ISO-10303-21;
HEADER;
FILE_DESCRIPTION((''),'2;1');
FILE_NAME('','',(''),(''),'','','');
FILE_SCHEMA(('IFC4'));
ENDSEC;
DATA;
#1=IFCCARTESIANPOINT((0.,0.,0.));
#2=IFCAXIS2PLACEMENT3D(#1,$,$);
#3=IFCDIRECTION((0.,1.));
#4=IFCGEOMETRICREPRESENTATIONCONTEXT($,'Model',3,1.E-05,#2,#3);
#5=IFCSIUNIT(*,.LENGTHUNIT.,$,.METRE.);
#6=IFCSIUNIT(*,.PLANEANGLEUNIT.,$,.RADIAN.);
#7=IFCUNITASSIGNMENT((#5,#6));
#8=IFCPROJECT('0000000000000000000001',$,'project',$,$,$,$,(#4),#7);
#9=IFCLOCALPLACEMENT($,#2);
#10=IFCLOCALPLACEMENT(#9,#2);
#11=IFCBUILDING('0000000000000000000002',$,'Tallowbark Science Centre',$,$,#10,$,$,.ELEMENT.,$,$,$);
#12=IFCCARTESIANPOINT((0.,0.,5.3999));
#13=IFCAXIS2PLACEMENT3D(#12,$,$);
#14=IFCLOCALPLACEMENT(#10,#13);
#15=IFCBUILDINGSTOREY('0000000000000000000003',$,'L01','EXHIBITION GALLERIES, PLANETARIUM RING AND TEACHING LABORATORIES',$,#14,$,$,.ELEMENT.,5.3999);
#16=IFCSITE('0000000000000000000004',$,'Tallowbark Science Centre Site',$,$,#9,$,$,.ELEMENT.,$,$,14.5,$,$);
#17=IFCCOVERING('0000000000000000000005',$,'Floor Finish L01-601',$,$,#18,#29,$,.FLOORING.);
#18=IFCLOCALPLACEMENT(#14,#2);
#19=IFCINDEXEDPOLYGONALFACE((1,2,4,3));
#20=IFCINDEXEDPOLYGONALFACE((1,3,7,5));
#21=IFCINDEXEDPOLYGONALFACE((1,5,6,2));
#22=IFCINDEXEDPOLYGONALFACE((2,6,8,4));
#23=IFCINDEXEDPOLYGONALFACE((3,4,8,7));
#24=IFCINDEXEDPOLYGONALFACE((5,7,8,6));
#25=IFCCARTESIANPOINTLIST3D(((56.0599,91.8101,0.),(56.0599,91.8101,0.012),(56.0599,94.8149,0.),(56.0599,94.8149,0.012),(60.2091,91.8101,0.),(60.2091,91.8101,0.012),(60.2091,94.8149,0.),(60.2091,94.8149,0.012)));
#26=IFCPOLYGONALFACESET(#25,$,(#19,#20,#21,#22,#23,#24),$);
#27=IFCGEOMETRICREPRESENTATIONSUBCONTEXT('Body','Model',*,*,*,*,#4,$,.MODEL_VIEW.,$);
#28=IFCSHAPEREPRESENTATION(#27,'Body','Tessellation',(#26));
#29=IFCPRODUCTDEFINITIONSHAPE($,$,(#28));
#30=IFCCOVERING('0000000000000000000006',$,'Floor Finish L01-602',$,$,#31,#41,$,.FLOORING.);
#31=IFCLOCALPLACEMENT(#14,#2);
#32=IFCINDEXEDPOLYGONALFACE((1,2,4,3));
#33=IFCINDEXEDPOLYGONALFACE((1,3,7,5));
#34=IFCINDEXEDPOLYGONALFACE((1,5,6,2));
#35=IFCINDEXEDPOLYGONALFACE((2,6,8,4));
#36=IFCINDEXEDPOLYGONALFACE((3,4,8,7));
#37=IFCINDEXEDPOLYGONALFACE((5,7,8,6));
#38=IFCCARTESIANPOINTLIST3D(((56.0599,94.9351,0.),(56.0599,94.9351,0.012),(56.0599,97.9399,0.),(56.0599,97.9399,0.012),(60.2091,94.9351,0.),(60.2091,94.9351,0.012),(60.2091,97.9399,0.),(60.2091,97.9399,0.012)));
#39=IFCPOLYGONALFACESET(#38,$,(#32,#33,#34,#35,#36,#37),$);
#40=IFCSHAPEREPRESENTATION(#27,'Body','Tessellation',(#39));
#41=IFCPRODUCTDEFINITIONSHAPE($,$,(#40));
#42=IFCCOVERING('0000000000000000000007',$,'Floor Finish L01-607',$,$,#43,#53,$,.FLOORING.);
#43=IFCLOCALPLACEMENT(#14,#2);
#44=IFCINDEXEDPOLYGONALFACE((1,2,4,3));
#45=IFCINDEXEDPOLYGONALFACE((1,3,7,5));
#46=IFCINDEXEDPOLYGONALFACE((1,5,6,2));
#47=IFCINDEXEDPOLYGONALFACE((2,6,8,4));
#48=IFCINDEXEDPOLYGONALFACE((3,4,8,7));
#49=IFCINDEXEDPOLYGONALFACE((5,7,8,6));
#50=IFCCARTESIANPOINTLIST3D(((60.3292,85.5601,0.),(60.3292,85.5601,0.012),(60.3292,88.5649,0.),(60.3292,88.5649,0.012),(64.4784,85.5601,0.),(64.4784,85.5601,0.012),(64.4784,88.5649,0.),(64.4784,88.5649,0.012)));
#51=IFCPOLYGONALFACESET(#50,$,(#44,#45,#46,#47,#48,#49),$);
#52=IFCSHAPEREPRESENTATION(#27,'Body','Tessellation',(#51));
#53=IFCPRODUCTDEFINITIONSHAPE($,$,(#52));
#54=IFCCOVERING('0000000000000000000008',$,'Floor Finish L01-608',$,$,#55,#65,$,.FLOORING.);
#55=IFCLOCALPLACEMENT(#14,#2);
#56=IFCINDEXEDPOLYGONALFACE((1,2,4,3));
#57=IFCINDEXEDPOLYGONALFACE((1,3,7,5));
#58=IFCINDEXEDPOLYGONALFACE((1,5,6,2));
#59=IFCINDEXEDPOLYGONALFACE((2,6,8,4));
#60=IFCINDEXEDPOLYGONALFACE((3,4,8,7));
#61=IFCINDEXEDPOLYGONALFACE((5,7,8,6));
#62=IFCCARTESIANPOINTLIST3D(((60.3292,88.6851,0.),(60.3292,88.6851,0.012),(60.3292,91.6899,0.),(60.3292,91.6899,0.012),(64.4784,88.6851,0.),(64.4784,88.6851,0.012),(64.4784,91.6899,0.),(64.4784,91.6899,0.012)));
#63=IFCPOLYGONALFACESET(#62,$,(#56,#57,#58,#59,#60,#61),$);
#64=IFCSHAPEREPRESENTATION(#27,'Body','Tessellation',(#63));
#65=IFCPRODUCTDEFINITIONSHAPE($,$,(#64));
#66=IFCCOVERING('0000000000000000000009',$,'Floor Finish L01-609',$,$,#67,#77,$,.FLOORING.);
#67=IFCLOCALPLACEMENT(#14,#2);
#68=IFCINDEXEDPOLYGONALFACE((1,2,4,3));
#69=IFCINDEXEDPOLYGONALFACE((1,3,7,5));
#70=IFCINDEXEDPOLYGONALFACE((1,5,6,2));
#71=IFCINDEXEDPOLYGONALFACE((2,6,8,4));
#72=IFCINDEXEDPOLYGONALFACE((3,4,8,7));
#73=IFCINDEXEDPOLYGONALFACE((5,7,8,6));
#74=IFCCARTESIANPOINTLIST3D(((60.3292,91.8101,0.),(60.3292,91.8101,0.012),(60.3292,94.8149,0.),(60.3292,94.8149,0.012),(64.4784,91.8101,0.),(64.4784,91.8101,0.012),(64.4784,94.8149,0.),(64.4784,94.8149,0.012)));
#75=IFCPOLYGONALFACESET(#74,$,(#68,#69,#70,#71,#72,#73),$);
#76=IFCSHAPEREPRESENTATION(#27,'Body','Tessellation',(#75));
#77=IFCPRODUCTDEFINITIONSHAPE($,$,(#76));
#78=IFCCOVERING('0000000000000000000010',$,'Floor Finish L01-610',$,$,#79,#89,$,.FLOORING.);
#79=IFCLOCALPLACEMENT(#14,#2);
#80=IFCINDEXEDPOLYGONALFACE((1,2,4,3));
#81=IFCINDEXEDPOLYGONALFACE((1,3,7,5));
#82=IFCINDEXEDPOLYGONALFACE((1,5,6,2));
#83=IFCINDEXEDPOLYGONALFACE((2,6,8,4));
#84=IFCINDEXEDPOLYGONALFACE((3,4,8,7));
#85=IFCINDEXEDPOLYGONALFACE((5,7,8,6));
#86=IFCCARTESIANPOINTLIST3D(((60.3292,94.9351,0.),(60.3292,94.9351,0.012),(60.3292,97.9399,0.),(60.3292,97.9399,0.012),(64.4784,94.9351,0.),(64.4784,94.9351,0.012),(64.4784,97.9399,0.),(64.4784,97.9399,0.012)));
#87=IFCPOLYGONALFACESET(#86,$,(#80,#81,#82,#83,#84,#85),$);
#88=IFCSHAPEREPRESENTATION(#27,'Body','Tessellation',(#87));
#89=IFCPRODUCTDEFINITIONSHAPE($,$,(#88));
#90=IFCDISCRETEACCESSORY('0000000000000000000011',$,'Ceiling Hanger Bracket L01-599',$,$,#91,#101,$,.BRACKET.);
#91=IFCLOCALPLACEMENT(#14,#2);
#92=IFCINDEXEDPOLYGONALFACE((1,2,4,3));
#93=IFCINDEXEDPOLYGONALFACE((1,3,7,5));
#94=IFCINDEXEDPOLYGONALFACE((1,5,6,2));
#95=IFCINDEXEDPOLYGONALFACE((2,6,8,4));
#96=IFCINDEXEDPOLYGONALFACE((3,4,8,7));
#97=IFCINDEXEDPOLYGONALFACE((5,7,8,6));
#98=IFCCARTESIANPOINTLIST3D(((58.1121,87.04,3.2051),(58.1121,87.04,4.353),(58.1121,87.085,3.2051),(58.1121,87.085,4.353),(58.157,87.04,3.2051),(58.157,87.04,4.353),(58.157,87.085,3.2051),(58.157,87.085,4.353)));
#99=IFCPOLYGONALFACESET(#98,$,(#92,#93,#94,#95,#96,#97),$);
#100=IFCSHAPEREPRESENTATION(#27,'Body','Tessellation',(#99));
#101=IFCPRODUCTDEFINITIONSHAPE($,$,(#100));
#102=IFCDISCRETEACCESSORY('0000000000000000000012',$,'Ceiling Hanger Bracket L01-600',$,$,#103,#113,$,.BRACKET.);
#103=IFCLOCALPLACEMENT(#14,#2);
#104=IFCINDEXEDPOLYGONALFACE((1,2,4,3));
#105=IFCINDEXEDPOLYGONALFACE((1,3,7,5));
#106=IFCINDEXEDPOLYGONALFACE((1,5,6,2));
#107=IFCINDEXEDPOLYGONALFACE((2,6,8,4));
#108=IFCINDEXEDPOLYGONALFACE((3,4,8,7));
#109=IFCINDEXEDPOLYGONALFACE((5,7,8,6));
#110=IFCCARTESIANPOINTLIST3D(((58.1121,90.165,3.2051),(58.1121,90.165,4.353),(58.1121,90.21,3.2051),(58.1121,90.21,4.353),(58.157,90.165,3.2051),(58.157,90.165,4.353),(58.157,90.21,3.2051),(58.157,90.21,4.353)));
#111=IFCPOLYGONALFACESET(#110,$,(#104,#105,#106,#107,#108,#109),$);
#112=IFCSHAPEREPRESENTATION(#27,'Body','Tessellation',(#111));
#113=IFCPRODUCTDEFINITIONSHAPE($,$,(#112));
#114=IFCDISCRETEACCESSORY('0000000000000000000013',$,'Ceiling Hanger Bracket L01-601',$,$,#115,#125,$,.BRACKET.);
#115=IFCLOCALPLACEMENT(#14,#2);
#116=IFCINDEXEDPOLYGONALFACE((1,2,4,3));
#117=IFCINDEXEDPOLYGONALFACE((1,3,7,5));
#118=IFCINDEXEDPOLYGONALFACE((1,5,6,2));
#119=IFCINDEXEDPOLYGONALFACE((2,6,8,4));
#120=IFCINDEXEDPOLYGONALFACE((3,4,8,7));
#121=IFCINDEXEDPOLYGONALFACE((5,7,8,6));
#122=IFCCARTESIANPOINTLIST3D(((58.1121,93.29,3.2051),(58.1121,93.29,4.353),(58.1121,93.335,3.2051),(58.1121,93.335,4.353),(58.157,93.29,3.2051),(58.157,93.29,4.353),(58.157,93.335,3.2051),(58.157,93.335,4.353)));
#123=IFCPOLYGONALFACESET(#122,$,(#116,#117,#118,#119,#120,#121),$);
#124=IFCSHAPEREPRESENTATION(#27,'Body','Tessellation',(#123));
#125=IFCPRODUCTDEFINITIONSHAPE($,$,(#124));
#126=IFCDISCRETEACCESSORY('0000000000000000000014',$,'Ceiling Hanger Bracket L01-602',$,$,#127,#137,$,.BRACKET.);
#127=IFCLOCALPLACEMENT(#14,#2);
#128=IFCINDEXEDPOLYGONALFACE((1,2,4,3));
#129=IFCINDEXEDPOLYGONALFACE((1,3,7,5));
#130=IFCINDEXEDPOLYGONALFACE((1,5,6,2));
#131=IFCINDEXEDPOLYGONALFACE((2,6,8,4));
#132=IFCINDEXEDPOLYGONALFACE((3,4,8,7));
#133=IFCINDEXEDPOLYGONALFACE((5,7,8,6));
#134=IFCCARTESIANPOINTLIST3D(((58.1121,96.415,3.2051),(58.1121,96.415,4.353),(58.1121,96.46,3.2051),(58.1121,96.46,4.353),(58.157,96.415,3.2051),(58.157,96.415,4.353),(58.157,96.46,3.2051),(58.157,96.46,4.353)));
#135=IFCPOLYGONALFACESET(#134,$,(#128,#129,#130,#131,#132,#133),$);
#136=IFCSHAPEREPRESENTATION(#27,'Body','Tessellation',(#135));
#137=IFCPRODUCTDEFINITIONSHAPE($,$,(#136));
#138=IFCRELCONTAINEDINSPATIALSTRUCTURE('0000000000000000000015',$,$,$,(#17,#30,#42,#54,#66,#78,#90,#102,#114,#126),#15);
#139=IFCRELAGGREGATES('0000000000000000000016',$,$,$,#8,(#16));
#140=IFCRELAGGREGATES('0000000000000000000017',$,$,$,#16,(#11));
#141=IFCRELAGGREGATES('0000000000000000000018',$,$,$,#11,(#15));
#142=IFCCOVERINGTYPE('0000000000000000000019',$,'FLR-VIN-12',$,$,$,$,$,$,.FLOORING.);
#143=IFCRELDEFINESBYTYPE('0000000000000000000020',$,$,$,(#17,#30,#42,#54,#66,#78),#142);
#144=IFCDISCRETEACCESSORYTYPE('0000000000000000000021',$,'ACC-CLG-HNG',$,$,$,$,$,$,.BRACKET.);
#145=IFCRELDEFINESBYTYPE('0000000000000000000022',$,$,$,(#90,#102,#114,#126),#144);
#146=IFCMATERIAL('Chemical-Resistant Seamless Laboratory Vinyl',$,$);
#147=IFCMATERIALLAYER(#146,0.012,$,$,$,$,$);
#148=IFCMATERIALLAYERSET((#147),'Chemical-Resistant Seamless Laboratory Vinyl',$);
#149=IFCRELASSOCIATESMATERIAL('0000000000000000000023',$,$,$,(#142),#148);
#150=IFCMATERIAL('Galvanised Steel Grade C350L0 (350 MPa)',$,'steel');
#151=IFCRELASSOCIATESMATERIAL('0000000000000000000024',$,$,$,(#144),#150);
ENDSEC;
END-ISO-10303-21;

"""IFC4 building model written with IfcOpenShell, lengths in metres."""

from ifc_helpers import new_model, si_unit, direction, frame, origin, origin_2d, place, context, subcontext, project, spatial, rectangle, extrude, material, layer, layer_set, type_object, element, save


model = new_model("IFC4")

# Units and contexts
model_context = context("Model", 3, precision=1e-05, world=origin(), true_north=direction((0.0, 1.0)))
body_context = subcontext(model_context, "Body", "Model", "MODEL_VIEW")
ifc_project = project(units=[si_unit("LENGTHUNIT", "METRE"), si_unit("PLANEANGLEUNIT", "RADIAN")], contexts=[model_context])

# Site, building, storey
site_placement = place(None, origin())
site = spatial("IfcSite", under=ifc_project, at=site_placement, Name="Tallowbark Science Centre Site", CompositionType="ELEMENT", RefElevation=14.5)
building_placement = place(site_placement, origin())
building = spatial("IfcBuilding", under=site, at=building_placement, Name="Tallowbark Science Centre", CompositionType="ELEMENT")
storey_placement = place(building_placement, frame((0.0, 0.0, 5.3999)))
storey = spatial("IfcBuildingStorey", under=building, at=storey_placement, Name="L01", Description="EXHIBITION GALLERIES, PLANETARIUM RING AND TEACHING LABORATORIES", CompositionType="ELEMENT", Elevation=5.3999)

# Coverings
ifc_material_1 = material(Name="Chemical-Resistant Seamless Laboratory Vinyl")
ifc_layer_1 = layer(ifc_material_1, 0.012)
ifc_layer_set_1 = layer_set([ifc_layer_1], Name="Chemical-Resistant Seamless Laboratory Vinyl")
covering_type_1 = type_object("IfcCoveringType", Name="FLR-VIN-12", PredefinedType="FLOORING", material=ifc_layer_set_1)
for number, where, z_axis, x_axis, name in (
    (1, (58.1345, 93.3125, 0.0), (0.0, 0.0, 1.0), (1.0, 0.0, 0.0), "Floor Finish L01-601"),
    (2, (58.1345, 96.4375, 0.0), (0.0, 0.0, 1.0), (1.0, 0.0, 0.0), "Floor Finish L01-602"),
    (3, (62.4038, 87.0625, 0.0), (0.0, 0.0, 1.0), (1.0, 0.0, 0.0), "Floor Finish L01-607"),
    (4, (62.4038, 90.1875, 0.0), (0.0, 0.0, 1.0), (1.0, 0.0, 0.0), "Floor Finish L01-608"),
    (5, (62.4038, 93.3125, 0.0), (0.0, 0.0, 1.0), (1.0, 0.0, 0.0), "Floor Finish L01-609"),
    (6, (62.4038, 96.4375, 0.0), (0.0, 0.0, 1.0), (1.0, 0.0, 0.0), "Floor Finish L01-610"),
):
    element("IfcCovering", number, at=place(storey_placement, frame(where, z_axis=z_axis, x_axis=x_axis)), inside=storey, type_object=covering_type_1, Name=name, PredefinedType="FLOORING", context=body_context, shape_type="SweptSolid", body=[
        extrude(rectangle(XDim=4.1492, YDim=3.0049, at=origin_2d()), origin(), (0.0, 0.0, 1.0), 0.012),
    ])

# Discrete accessories
ifc_material_2 = material(Name="Galvanised Steel Grade C350L0 (350 MPa)", Category="steel")
discrete_accessory_type = type_object("IfcDiscreteAccessoryType", Name="ACC-CLG-HNG", PredefinedType="BRACKET", material=ifc_material_2)
for number, where, z_axis, x_axis, name in (
    (7, (58.1345, 87.0625, 3.2051), (0.0, 0.0, 1.0), (1.0, 0.0, 0.0), "Ceiling Hanger Bracket L01-599"),
    (8, (58.1345, 90.1875, 3.2051), (0.0, 0.0, 1.0), (1.0, 0.0, 0.0), "Ceiling Hanger Bracket L01-600"),
    (9, (58.1345, 93.3125, 3.2051), (0.0, 0.0, 1.0), (1.0, 0.0, 0.0), "Ceiling Hanger Bracket L01-601"),
    (10, (58.1345, 96.4375, 3.2051), (0.0, 0.0, 1.0), (1.0, 0.0, 0.0), "Ceiling Hanger Bracket L01-602"),
):
    element("IfcDiscreteAccessory", number, at=place(storey_placement, frame(where, z_axis=z_axis, x_axis=x_axis)), inside=storey, type_object=discrete_accessory_type, Name=name, PredefinedType="BRACKET", context=body_context, shape_type="SweptSolid", body=[
        extrude(rectangle(XDim=0.0449, YDim=0.0449, at=origin_2d()), origin(), (0.0, 0.0, 1.0), 1.1479),
    ])

save(model, "model.ifc")
